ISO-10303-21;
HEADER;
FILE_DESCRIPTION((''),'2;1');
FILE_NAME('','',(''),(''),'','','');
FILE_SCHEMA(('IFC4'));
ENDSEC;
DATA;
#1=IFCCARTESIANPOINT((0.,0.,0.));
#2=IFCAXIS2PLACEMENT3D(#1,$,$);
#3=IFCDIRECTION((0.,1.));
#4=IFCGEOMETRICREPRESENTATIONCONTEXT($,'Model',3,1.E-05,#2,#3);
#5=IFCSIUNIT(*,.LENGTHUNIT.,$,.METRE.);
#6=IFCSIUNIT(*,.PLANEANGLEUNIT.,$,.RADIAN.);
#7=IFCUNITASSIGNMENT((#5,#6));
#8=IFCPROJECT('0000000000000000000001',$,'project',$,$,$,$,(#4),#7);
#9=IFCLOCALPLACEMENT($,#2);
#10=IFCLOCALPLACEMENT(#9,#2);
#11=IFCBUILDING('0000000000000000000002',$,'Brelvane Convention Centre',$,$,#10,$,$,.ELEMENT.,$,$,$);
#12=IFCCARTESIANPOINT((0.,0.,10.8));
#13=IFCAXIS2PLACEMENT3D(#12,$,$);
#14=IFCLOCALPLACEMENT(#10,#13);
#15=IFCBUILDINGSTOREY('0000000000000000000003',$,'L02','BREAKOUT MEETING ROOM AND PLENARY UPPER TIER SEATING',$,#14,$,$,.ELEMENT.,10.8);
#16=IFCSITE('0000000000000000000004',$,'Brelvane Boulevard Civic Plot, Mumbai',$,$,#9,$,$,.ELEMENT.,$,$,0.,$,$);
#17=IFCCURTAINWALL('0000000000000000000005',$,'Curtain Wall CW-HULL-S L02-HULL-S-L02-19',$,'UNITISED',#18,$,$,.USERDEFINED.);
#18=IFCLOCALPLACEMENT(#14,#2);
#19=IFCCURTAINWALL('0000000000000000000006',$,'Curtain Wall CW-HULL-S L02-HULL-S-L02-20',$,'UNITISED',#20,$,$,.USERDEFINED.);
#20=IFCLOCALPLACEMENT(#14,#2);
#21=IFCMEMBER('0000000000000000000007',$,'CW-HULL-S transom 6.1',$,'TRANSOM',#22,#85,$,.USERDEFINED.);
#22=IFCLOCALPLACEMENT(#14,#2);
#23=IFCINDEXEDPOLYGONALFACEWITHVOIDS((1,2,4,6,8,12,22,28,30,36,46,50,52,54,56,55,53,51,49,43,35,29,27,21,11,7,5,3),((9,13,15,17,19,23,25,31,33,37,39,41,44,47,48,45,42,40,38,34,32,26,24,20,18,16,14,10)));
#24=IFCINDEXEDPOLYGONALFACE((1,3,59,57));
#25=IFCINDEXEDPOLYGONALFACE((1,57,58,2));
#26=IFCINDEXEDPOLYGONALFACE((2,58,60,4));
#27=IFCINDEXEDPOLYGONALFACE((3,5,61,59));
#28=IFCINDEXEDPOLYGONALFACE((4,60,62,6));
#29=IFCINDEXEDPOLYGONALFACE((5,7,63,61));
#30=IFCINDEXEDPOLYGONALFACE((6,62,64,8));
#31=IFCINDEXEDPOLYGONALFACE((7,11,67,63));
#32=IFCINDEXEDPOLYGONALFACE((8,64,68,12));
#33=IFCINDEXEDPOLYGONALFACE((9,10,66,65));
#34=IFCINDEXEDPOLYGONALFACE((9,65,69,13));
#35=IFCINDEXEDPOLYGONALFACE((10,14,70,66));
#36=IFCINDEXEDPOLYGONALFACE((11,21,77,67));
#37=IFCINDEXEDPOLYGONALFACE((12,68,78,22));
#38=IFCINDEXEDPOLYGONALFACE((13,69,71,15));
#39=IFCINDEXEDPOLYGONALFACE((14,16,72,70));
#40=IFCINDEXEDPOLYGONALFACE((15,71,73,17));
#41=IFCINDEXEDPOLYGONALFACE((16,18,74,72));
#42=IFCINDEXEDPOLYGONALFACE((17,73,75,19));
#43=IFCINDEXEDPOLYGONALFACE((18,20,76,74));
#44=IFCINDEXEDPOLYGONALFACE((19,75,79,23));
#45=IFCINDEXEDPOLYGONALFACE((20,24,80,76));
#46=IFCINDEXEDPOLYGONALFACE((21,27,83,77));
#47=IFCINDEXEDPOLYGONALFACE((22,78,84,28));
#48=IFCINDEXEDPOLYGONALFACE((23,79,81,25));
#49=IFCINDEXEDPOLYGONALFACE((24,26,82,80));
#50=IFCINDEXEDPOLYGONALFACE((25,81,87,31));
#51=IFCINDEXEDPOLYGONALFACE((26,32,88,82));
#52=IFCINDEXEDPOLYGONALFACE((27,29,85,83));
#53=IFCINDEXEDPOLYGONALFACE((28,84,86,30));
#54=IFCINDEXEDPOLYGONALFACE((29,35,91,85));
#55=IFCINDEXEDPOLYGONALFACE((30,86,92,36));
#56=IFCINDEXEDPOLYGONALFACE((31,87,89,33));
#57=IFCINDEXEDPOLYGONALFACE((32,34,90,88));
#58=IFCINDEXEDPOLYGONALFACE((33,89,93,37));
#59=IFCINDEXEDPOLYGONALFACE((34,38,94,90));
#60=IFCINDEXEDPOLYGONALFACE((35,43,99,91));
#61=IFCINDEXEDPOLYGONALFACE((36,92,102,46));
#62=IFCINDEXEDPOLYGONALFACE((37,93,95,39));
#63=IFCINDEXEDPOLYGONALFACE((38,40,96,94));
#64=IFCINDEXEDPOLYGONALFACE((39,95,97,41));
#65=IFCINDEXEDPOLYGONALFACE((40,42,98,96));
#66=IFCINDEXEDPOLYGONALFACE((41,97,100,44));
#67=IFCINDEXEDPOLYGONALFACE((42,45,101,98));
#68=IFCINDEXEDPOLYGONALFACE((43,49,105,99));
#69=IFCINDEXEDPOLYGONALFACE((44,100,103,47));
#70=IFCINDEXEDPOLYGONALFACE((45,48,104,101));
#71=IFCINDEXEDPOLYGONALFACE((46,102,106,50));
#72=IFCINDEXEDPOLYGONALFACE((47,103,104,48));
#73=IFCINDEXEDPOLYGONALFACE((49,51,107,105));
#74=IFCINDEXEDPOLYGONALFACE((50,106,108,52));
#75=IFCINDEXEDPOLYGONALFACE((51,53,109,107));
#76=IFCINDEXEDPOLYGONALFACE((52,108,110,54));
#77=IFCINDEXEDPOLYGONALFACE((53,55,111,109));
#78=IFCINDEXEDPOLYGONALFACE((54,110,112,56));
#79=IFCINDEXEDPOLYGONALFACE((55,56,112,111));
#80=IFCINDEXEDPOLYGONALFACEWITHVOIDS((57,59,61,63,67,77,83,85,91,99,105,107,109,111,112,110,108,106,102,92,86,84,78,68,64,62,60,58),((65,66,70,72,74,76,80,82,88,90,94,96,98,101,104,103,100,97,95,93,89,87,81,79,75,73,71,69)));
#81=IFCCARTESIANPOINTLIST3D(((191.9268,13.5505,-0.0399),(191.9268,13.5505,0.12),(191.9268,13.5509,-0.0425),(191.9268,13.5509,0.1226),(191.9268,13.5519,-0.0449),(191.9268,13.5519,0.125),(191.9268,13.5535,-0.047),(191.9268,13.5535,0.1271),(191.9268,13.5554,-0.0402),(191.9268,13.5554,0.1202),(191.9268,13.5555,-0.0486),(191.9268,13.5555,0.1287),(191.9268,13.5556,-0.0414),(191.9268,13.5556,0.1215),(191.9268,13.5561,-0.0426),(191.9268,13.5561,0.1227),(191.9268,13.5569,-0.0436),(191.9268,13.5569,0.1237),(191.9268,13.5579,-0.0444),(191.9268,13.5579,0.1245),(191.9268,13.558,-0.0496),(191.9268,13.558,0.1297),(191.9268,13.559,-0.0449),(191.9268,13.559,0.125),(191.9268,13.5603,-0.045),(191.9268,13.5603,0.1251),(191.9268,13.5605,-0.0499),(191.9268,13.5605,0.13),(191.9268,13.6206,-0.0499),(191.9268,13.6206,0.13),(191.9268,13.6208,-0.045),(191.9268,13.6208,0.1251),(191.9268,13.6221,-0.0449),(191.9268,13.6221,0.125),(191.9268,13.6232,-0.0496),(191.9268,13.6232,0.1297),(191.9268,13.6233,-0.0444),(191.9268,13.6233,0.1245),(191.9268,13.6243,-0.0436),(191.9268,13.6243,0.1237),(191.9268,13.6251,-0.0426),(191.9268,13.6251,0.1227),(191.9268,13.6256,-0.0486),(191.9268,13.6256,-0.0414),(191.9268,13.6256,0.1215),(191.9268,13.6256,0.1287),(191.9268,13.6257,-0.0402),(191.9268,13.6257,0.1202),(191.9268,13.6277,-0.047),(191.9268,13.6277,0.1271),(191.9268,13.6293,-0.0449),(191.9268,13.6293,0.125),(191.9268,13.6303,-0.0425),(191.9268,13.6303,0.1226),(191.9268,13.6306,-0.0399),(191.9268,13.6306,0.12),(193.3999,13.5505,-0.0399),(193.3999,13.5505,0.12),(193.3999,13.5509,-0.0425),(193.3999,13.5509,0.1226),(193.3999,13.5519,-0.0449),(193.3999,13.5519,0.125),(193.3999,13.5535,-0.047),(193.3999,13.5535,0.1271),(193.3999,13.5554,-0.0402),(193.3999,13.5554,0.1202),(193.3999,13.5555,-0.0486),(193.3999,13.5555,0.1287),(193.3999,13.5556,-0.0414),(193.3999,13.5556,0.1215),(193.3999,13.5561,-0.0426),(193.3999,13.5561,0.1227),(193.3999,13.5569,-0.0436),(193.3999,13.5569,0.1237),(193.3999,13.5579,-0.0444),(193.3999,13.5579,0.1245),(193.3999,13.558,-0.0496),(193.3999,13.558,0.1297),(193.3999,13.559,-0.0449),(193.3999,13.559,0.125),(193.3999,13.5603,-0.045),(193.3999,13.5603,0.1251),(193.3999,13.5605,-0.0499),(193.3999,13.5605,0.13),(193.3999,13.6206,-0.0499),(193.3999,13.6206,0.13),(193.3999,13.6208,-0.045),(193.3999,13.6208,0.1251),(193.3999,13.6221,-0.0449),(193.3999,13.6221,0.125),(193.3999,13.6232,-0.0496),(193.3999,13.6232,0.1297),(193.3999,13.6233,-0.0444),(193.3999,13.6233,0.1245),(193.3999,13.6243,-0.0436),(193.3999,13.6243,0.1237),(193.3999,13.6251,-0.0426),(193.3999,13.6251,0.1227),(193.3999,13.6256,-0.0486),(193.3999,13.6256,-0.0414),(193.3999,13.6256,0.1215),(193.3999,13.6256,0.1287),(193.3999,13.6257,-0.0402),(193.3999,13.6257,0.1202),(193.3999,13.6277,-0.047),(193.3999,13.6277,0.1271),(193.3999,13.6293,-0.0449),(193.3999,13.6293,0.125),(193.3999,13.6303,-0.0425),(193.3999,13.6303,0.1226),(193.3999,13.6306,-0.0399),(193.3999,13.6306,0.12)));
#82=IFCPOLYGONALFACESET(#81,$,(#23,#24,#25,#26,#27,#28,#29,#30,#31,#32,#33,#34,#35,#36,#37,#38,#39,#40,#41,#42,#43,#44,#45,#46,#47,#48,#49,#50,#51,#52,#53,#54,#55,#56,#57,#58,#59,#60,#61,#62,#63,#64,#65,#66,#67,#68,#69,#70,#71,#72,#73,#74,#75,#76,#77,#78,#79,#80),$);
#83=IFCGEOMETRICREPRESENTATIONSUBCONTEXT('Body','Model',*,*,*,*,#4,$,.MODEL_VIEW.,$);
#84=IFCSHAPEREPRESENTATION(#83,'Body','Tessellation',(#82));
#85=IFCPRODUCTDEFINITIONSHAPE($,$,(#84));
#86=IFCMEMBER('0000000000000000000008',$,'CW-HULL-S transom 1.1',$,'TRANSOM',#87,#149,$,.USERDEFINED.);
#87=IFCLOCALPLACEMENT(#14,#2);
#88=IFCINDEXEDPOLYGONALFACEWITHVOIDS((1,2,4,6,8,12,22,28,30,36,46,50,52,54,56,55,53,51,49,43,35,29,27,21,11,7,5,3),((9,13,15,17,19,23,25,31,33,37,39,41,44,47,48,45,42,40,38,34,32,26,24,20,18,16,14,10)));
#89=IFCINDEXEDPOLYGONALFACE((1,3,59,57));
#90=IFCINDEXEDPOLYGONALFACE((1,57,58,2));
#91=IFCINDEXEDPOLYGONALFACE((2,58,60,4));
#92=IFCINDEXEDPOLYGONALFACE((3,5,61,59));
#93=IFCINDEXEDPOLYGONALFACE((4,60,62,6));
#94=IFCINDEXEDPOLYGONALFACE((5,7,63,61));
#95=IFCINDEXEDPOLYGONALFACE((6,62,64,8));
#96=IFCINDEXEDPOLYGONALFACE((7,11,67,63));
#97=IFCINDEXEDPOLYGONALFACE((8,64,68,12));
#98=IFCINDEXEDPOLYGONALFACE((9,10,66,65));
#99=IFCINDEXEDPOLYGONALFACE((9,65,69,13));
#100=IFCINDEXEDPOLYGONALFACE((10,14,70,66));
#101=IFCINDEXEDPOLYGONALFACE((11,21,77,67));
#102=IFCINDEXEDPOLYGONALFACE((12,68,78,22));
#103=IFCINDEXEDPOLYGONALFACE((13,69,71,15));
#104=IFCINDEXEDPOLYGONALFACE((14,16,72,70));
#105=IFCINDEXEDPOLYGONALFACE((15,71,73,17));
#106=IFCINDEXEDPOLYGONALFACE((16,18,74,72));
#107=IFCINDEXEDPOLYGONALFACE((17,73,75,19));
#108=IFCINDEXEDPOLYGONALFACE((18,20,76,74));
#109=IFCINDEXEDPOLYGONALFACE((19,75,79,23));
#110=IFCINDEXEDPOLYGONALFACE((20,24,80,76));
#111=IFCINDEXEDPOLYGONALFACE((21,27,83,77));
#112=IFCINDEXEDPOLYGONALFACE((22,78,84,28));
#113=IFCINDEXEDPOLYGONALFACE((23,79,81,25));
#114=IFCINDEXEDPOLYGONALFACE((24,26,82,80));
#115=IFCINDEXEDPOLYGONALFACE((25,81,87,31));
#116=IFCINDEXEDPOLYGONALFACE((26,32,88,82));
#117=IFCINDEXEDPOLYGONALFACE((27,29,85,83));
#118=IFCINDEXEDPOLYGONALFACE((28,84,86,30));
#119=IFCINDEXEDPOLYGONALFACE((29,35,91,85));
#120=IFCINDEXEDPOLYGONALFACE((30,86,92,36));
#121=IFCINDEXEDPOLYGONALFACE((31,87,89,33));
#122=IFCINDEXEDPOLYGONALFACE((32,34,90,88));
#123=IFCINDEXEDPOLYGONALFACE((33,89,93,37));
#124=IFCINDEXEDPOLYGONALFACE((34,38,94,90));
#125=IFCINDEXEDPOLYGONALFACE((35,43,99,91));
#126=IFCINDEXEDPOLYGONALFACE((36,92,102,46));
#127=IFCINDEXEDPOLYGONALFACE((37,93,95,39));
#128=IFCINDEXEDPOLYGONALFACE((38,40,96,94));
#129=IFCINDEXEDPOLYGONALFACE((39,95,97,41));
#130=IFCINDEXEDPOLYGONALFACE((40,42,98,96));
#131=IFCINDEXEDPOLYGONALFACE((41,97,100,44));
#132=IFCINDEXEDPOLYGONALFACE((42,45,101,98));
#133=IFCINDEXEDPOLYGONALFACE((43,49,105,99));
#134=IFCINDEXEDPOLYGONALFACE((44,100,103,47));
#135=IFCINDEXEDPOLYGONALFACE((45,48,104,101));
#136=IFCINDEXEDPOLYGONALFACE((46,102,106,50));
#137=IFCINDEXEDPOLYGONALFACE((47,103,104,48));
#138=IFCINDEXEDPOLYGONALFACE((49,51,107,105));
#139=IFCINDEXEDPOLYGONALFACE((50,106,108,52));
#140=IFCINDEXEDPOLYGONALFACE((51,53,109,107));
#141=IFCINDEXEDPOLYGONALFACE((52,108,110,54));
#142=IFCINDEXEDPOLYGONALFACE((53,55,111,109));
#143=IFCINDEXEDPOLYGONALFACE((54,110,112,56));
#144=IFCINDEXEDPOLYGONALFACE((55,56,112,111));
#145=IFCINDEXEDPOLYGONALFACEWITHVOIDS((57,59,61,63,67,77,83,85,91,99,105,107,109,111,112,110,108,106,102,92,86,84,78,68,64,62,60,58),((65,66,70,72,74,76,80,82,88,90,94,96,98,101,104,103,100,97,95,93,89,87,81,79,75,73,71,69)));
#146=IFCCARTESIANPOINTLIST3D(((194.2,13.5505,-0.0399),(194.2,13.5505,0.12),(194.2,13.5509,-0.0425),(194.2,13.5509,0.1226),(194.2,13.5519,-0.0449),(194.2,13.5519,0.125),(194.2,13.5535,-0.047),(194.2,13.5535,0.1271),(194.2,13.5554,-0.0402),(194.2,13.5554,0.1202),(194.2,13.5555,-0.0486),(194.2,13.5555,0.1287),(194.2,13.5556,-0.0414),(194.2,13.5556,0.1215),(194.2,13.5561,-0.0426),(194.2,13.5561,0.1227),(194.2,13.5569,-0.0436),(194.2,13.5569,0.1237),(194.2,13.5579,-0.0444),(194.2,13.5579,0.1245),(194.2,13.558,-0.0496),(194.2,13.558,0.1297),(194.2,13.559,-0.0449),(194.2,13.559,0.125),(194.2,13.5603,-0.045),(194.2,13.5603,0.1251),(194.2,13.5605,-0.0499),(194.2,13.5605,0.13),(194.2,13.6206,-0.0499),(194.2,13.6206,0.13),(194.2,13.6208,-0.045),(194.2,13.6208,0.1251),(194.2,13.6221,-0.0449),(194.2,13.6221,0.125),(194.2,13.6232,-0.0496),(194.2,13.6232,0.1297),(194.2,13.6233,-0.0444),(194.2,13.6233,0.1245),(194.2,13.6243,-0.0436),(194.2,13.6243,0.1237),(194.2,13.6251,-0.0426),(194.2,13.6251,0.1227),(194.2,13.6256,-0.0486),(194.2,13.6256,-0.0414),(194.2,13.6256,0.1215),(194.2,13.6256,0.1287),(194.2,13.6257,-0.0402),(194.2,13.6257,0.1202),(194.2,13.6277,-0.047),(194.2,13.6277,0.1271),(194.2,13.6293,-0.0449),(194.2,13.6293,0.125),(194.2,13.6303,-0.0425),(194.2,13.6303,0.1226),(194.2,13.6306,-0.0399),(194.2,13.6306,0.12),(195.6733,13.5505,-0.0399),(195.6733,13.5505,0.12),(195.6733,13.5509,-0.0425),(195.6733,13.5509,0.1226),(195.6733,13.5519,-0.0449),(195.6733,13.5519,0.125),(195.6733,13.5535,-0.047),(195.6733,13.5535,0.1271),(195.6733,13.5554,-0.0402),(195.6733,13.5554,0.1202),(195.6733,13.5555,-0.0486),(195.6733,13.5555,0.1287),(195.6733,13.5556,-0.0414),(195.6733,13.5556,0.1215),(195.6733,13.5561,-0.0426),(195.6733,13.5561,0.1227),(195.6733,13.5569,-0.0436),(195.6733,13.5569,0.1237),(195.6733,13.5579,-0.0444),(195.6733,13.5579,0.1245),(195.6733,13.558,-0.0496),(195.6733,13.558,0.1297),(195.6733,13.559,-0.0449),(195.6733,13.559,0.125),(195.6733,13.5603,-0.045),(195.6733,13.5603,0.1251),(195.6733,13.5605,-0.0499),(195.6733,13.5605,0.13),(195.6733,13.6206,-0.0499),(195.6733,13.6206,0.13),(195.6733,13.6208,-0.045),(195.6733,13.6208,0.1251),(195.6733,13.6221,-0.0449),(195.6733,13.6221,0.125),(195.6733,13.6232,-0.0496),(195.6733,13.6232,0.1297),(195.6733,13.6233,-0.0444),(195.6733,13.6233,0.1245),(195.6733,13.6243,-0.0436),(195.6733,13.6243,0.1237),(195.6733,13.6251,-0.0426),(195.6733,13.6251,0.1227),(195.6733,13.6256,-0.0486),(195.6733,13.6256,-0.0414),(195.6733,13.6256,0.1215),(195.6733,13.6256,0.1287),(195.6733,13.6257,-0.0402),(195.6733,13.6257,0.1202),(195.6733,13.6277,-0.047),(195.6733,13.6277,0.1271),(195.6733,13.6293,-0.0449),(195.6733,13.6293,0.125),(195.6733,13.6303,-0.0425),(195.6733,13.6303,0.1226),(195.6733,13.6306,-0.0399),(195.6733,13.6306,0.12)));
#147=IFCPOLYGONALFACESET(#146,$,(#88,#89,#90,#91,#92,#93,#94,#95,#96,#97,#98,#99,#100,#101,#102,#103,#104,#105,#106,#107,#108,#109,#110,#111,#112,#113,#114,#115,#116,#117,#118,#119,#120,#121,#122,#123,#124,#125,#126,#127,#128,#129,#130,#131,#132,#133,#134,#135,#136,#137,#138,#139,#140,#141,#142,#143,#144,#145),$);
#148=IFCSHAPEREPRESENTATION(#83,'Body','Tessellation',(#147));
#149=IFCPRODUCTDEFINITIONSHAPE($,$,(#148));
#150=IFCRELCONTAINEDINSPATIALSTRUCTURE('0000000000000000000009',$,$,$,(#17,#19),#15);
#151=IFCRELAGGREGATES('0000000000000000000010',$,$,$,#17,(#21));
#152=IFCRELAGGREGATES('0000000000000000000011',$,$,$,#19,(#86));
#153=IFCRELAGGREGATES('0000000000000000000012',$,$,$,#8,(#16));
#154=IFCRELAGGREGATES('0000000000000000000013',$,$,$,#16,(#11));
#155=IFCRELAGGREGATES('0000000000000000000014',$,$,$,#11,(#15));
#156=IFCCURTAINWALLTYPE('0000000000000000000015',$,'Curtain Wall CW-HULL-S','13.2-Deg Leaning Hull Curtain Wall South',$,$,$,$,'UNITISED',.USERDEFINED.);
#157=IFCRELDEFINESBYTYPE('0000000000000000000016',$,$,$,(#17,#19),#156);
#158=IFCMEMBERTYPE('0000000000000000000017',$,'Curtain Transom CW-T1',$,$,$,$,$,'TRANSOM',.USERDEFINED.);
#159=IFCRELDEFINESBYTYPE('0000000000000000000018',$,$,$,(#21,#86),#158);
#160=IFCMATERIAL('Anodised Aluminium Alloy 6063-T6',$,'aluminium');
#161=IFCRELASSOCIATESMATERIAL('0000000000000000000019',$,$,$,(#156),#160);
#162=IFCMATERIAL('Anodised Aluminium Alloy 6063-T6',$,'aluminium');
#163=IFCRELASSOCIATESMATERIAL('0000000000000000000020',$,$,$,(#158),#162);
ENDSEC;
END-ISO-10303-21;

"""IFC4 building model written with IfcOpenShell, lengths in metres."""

from ifc_helpers import new_model, si_unit, direction, frame, origin, origin_2d, place, context, subcontext, project, spatial, hollow_rectangle, extrude, material, material_profile, profile_set, type_object, element, aggregate, save


model = new_model("IFC4")

# Units and contexts
model_context = context("Model", 3, precision=1e-05, world=origin(), true_north=direction((0.0, 1.0)))
body_context = subcontext(model_context, "Body", "Model", "MODEL_VIEW")
ifc_project = project(units=[si_unit("LENGTHUNIT", "METRE"), si_unit("PLANEANGLEUNIT", "RADIAN")], contexts=[model_context])

# Site, building, storey
site_placement = place(None, origin())
site = spatial("IfcSite", under=ifc_project, at=site_placement, Name="Brelvane Boulevard Civic Plot, Mumbai", CompositionType="ELEMENT", RefElevation=0.0)
building_placement = place(site_placement, origin())
building = spatial("IfcBuilding", under=site, at=building_placement, Name="Brelvane Convention Centre", CompositionType="ELEMENT")
storey_placement = place(building_placement, frame((0.0, 0.0, 10.8)))
storey = spatial("IfcBuildingStorey", under=building, at=storey_placement, Name="L02", Description="BREAKOUT MEETING ROOM AND PLENARY UPPER TIER SEATING", CompositionType="ELEMENT", Elevation=10.8)

# Curtain walls
ifc_material_1 = material(Name="Anodised Aluminium Alloy 6063-T6", Category="aluminium")
curtain_wall_type = type_object("IfcCurtainWallType", Name="Curtain Wall CW-HULL-S", Description="13.2-Deg Leaning Hull Curtain Wall South", ElementType="UNITISED", PredefinedType="USERDEFINED", material=ifc_material_1)
curtain_wall_1_placement = place(storey_placement, origin())
curtain_wall_1 = element("IfcCurtainWall", 1, at=curtain_wall_1_placement, inside=storey, type_object=curtain_wall_type, Name="Curtain Wall CW-HULL-S L02-HULL-S-L02-19", ObjectType="UNITISED", PredefinedType="USERDEFINED")
curtain_wall_2_placement = place(storey_placement, origin())
curtain_wall_2 = element("IfcCurtainWall", 2, at=curtain_wall_2_placement, inside=storey, type_object=curtain_wall_type, Name="Curtain Wall CW-HULL-S L02-HULL-S-L02-20", ObjectType="UNITISED", PredefinedType="USERDEFINED")

# Members
ifc_material_2 = material(Name="Anodised Aluminium Alloy 6063-T6", Category="aluminium")
ifc_material_profile_1 = material_profile(ifc_material_2, hollow_rectangle(XDim=0.0801, YDim=0.1799, WallThickness=0.0049, InnerFilletRadius=0.0049, OuterFilletRadius=0.01, at=origin_2d()), Name="ALU-T 180x80x5.0")
ifc_profile_set_1 = profile_set([ifc_material_profile_1], Name="Anodised Aluminium Alloy 6063-T6")
member_type_1 = type_object("IfcMemberType", Name="Curtain Transom CW-T1", ElementType="TRANSOM", PredefinedType="USERDEFINED", material=ifc_profile_set_1)
member_1_placement = place(storey_placement, frame((191.9268, 13.5906, 0.04), z_axis=(1.0, 0.0, 0.0), x_axis=(0.0, 1.0, 0.0)))
member_1 = element("IfcMember", 3, at=member_1_placement, type_object=member_type_1, Name="CW-HULL-S transom 6.1", ObjectType="TRANSOM", PredefinedType="USERDEFINED", context=body_context, shape_type="SweptSolid", body=[
    extrude(hollow_rectangle(XDim=0.0801, YDim=0.1799, WallThickness=0.0049, InnerFilletRadius=0.0049, OuterFilletRadius=0.01, at=origin_2d()), origin(), (0.0, 0.0, 1.0), 1.4731),
])
aggregate(curtain_wall_1, [member_1])
member_2_placement = place(storey_placement, frame((194.2, 13.5906, 0.04), z_axis=(1.0, 0.0, 0.0), x_axis=(0.0, 1.0, 0.0)))
member_2 = element("IfcMember", 4, at=member_2_placement, type_object=member_type_1, Name="CW-HULL-S transom 1.1", ObjectType="TRANSOM", PredefinedType="USERDEFINED", context=body_context, shape_type="SweptSolid", body=[
    extrude(hollow_rectangle(XDim=0.0801, YDim=0.1799, WallThickness=0.0049, InnerFilletRadius=0.0049, OuterFilletRadius=0.01, at=origin_2d()), origin(), (0.0, 0.0, 1.0), 1.4734),
])

aggregate(curtain_wall_2, [member_2])

save(model, "model.ifc")
